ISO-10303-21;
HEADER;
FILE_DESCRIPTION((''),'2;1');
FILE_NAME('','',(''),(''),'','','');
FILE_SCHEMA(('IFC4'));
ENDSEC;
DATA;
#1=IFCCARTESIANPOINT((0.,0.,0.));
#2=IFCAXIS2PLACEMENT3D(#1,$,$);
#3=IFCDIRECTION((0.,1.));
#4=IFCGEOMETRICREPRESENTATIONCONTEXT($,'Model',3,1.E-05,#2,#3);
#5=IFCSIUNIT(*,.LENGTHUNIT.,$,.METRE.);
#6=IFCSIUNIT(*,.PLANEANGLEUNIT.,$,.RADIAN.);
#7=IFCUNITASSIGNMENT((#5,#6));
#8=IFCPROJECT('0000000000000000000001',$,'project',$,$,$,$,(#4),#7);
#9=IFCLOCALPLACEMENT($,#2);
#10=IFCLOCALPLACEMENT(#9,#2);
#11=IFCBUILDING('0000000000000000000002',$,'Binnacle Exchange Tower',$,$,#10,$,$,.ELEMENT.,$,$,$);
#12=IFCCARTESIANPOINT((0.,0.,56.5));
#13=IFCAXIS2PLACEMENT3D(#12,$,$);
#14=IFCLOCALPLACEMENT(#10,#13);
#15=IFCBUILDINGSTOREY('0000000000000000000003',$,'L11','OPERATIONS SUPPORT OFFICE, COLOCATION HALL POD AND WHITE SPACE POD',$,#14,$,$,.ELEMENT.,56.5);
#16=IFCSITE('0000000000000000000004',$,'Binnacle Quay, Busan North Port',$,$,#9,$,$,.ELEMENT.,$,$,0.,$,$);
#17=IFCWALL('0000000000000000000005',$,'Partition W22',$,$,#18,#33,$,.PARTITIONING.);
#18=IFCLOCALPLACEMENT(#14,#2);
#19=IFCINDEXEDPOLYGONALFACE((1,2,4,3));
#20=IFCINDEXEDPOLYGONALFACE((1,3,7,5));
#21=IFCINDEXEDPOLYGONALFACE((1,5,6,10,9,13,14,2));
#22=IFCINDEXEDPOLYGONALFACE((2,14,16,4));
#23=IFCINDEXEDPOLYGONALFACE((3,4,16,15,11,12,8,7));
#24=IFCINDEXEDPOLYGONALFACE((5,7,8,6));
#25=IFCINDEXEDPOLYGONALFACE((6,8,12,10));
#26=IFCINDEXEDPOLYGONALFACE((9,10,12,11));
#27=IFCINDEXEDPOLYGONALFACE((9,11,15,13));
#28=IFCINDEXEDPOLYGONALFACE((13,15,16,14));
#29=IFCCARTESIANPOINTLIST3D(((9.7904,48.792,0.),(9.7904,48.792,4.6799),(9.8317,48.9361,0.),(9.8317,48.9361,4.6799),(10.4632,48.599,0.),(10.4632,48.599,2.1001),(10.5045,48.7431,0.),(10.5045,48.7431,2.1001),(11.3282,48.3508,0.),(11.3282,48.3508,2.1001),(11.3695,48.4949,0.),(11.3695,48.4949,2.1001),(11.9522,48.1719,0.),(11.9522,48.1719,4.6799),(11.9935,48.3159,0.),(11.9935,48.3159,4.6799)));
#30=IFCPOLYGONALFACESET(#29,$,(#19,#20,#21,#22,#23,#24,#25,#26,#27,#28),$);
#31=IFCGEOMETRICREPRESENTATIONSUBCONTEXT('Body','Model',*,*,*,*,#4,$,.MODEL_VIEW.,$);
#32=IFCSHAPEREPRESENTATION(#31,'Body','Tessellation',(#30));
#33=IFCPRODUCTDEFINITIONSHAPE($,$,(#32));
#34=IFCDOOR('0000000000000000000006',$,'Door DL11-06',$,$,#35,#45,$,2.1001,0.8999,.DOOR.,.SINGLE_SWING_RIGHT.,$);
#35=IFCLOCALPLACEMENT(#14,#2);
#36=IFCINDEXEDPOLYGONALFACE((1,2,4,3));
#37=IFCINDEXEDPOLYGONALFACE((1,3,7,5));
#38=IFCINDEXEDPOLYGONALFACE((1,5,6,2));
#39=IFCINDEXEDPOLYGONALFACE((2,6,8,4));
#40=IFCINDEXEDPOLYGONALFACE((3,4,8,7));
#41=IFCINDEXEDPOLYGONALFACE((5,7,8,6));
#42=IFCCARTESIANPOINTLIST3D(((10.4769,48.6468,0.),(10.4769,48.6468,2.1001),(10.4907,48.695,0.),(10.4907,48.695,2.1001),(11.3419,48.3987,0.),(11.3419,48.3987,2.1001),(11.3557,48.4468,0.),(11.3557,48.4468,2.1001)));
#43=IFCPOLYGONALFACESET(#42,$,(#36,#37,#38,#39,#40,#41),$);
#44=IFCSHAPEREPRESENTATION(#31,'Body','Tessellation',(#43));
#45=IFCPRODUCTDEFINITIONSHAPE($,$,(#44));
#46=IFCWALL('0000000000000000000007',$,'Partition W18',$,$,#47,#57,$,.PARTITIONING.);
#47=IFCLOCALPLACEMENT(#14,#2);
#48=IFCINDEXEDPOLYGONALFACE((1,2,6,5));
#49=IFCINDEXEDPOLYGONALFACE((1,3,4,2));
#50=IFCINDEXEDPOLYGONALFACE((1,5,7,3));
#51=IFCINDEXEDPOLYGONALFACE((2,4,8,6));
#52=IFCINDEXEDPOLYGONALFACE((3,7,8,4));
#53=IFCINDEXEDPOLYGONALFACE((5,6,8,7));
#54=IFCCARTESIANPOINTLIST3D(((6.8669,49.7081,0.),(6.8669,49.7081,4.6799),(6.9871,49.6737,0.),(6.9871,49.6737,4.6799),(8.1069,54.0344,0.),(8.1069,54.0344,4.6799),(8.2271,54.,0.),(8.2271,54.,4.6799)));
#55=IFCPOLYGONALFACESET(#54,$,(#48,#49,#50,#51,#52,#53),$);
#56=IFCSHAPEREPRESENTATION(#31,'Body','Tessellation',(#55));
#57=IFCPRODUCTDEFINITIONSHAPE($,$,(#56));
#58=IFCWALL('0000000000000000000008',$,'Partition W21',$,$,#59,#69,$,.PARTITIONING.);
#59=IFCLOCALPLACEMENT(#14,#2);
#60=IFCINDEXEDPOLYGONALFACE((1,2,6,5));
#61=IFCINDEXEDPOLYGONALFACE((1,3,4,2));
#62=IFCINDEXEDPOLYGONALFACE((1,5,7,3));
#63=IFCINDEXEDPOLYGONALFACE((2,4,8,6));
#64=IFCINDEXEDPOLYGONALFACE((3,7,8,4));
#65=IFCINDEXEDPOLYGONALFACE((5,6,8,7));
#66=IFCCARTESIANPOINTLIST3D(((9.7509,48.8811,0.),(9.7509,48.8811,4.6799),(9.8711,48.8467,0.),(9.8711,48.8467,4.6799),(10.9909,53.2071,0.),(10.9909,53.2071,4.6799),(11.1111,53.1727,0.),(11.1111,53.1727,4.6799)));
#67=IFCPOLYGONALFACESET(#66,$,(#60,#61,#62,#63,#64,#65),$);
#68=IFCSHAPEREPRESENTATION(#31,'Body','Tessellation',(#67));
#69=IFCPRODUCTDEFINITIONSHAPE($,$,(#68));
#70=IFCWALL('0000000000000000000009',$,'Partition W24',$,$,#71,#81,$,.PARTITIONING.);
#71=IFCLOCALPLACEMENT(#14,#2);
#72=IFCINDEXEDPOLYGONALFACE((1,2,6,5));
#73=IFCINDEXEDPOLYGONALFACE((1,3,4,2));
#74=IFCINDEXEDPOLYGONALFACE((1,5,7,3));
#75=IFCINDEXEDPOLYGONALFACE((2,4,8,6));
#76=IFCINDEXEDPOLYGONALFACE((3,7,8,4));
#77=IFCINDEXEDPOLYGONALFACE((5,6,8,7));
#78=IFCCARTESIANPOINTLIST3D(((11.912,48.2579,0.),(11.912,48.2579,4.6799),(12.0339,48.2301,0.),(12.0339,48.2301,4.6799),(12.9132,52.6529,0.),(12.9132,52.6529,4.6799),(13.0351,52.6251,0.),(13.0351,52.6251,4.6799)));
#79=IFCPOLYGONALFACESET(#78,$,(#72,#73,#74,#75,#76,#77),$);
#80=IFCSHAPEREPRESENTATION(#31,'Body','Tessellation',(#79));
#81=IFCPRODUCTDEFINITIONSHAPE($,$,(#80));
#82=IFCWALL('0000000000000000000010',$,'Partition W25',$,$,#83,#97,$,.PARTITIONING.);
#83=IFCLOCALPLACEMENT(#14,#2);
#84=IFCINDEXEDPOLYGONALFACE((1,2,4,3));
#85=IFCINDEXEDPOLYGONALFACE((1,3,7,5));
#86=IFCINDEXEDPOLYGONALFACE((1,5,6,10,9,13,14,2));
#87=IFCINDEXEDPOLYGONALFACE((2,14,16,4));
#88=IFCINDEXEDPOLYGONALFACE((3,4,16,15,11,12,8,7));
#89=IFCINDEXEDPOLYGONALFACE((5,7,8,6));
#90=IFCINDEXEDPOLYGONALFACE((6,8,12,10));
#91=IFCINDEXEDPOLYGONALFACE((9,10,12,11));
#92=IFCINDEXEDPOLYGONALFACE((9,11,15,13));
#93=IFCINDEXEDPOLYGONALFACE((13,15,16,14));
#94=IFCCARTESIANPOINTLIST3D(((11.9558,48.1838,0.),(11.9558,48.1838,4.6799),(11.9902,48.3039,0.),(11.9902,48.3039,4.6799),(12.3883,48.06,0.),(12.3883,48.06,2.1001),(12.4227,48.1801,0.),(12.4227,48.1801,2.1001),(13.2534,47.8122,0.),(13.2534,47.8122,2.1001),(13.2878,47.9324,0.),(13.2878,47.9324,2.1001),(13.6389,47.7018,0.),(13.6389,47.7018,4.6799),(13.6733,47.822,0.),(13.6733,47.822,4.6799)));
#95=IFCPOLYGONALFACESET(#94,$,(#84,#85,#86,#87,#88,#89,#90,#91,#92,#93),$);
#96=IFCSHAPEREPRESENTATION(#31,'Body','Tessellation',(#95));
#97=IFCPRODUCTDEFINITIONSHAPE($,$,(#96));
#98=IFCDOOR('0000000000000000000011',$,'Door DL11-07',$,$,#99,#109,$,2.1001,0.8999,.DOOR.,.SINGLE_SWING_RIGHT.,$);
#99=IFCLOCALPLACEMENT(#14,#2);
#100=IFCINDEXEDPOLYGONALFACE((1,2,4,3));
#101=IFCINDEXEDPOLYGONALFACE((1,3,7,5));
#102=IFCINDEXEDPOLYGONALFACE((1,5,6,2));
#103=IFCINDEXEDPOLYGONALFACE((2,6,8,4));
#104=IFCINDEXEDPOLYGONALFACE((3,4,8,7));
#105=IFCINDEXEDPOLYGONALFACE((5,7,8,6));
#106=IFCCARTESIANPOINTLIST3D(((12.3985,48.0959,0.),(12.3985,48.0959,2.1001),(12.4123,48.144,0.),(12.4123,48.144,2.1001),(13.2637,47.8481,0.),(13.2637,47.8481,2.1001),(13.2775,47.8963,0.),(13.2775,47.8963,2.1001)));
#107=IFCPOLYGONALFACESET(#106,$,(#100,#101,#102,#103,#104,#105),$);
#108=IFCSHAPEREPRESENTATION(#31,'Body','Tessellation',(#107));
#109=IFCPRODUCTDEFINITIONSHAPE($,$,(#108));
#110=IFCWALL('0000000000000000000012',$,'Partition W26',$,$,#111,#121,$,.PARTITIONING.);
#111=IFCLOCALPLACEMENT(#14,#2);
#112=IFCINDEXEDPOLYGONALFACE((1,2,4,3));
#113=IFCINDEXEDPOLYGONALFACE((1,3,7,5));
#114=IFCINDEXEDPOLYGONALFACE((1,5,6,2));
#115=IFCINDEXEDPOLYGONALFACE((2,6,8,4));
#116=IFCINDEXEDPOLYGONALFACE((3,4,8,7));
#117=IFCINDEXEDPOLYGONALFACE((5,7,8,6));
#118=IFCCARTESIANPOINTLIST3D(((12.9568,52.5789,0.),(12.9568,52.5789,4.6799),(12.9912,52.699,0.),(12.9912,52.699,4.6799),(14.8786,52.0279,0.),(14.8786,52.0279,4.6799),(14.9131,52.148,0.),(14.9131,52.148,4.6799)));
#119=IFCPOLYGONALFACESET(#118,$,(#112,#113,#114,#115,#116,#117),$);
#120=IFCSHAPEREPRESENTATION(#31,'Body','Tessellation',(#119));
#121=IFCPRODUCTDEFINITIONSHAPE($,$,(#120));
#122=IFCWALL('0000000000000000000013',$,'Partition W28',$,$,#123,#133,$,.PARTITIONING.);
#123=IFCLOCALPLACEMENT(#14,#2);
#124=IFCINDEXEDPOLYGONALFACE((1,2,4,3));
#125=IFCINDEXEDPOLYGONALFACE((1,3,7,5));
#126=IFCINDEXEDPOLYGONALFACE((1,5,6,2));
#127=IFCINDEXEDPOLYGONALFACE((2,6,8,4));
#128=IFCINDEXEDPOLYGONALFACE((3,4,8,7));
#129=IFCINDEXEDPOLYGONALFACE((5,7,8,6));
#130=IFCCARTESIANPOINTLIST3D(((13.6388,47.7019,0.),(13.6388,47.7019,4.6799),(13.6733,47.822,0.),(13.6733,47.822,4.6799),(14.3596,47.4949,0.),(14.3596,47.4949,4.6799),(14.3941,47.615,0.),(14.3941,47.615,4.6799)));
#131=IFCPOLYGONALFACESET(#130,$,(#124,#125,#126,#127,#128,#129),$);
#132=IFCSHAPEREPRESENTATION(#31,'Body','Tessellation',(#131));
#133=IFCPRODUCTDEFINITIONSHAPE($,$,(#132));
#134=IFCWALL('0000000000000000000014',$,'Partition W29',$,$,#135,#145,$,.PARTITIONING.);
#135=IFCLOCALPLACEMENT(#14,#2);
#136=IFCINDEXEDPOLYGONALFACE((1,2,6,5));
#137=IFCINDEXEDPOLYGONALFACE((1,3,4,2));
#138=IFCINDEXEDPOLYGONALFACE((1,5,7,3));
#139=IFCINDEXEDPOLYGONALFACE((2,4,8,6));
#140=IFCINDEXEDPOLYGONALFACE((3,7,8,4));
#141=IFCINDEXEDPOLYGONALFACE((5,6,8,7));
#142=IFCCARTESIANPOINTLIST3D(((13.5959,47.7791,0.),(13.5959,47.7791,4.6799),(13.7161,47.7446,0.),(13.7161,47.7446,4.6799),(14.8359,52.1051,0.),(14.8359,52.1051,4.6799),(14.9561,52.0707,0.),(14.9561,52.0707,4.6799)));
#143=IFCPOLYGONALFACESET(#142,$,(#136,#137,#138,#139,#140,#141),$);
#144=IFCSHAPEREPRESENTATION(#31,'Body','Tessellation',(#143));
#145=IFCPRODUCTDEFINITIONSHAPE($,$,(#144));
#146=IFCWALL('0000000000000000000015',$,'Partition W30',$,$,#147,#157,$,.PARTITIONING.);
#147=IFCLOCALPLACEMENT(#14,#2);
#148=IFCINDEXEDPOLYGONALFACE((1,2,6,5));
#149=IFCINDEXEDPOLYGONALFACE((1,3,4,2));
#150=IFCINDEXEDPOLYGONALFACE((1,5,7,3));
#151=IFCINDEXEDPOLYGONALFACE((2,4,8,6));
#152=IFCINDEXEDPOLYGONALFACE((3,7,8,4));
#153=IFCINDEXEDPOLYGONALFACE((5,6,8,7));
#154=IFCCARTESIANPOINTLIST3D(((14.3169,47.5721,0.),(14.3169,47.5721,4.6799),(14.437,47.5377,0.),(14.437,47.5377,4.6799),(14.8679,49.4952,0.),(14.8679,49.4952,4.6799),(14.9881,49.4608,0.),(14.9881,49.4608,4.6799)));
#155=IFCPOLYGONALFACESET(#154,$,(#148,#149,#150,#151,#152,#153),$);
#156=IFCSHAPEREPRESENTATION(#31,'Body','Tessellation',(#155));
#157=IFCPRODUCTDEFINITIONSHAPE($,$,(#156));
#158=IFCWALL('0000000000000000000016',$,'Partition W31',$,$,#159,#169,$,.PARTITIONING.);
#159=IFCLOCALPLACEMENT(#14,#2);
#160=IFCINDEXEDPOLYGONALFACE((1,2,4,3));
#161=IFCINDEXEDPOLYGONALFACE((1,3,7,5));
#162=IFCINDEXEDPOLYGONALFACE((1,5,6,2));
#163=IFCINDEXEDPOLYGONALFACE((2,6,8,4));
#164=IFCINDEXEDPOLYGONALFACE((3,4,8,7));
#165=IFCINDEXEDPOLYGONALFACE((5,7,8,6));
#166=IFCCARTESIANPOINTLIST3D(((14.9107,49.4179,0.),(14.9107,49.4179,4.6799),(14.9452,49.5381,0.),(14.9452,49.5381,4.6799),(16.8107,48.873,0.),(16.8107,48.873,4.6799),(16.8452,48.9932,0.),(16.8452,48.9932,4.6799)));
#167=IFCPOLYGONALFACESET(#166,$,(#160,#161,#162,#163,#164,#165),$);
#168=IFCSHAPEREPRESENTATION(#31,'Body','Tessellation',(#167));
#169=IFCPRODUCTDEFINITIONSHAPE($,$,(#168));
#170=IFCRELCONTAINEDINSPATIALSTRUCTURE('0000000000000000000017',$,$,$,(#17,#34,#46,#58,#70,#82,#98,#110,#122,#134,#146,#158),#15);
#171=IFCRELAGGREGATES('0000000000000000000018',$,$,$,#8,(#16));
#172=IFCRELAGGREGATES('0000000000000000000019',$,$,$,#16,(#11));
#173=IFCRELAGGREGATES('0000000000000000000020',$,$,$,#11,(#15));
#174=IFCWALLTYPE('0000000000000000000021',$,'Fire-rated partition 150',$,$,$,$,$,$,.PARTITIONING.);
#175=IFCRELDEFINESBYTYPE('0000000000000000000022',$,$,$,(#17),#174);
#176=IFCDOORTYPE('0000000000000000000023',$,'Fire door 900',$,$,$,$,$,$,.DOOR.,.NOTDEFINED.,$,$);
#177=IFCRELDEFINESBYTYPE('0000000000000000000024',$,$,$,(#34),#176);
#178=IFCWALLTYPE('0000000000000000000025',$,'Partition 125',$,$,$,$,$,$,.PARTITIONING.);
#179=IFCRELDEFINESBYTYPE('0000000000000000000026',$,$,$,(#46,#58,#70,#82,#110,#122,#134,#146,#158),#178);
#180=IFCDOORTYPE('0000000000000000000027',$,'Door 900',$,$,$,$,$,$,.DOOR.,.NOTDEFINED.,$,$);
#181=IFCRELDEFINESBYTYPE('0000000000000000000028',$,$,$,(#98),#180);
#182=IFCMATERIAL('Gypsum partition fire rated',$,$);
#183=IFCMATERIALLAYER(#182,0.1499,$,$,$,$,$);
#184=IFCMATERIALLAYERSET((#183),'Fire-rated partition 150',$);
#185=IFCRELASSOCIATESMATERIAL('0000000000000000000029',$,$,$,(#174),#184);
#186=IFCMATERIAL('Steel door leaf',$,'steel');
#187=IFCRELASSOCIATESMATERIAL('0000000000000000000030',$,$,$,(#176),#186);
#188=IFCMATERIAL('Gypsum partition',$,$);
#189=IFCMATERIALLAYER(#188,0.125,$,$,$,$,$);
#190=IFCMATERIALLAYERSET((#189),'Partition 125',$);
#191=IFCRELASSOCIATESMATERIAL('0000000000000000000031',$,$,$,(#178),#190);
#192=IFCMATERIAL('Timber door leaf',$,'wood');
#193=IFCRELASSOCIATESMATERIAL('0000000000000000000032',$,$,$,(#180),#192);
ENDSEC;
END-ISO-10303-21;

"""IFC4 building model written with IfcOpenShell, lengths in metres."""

from ifc_helpers import new_model, si_unit, direction, frame, frame_2d, origin, place, context, subcontext, project, spatial, rectangle, extrude, material, layer, layer_set, type_object, element, fill, save


model = new_model("IFC4")

# Units and contexts
model_context = context("Model", 3, precision=1e-05, world=origin(), true_north=direction((0.0, 1.0)))
body_context = subcontext(model_context, "Body", "Model", "MODEL_VIEW")
ifc_project = project(units=[si_unit("LENGTHUNIT", "METRE"), si_unit("PLANEANGLEUNIT", "RADIAN")], contexts=[model_context])

# Site, building, storey
site_placement = place(None, origin())
site = spatial("IfcSite", under=ifc_project, at=site_placement, Name="Binnacle Quay, Busan North Port", CompositionType="ELEMENT", RefElevation=0.0)
building_placement = place(site_placement, origin())
building = spatial("IfcBuilding", under=site, at=building_placement, Name="Binnacle Exchange Tower", CompositionType="ELEMENT")
storey_placement = place(building_placement, frame((0.0, 0.0, 56.5)))
storey = spatial("IfcBuildingStorey", under=building, at=storey_placement, Name="L11", Description="OPERATIONS SUPPORT OFFICE, COLOCATION HALL POD AND WHITE SPACE POD", CompositionType="ELEMENT", Elevation=56.5)

# Shared definitions
ifc_material_1 = material(Name="Steel door leaf", Category="steel")

# Wall, opening, door
ifc_material_2 = material(Name="Gypsum partition fire rated")
ifc_layer_1 = layer(ifc_material_2, 0.1499)
ifc_layer_set_1 = layer_set([ifc_layer_1], Name="Fire-rated partition 150")
wall_type_1 = type_object("IfcWallType", Name="Fire-rated partition 150", PredefinedType="PARTITIONING", material=ifc_layer_set_1)
door_type_1 = type_object("IfcDoorType", Name="Fire door 900", OperationType="NOTDEFINED", PredefinedType="DOOR", material=ifc_material_1)
wall_1_placement = place(storey_placement, frame((9.811, 48.864, 0.0), z_axis=(0.0, 0.0, 1.0), x_axis=(0.961237, -0.275725, 0.0)))
wall_1 = element("IfcWall", 1, at=wall_1_placement, inside=storey, type_object=wall_type_1, Name="Partition W22", PredefinedType="PARTITIONING", context=body_context, shape_type="SweptSolid", body=[
    extrude(rectangle(XDim=2.249, YDim=0.1499, at=frame_2d((1.1245, 0.0))), origin(), (0.0, 0.0, 1.0), 4.6799),
])
opening_1_placement = place(wall_1_placement, frame((0.7, 0.0, 0.0)))
opening_1 = element("IfcOpeningElement", 2, at=opening_1_placement, cuts=wall_1, PredefinedType="OPENING", context=body_context, shape_type="SweptSolid", body=[
    extrude(rectangle(XDim=0.8999, YDim=2.1001, at=frame_2d((0.45, 1.05))), frame((0.0, 0.085, 0.0), z_axis=(0.0, -1.0, 0.0), x_axis=(1.0, 0.0, 0.0)), (0.0, 0.0, 1.0), 0.1699),
])
door_1_placement = place(opening_1_placement, origin())
door_1 = element("IfcDoor", 3, at=door_1_placement, inside=storey, type_object=door_type_1, Name="Door DL11-06", OperationType="SINGLE_SWING_RIGHT", OverallHeight=2.1001, OverallWidth=0.8999, PredefinedType="DOOR", context=body_context, shape_type="SweptSolid", body=[
    extrude(rectangle(XDim=0.8999, YDim=2.1001, at=frame_2d((0.45, 1.05))), frame((0.0, 0.0249, 0.0), z_axis=(0.0, -1.0, 0.0), x_axis=(1.0, 0.0, 0.0)), (0.0, 0.0, 1.0), 0.05),
])
fill(opening_1, door_1)

# Walls
ifc_material_3 = material(Name="Gypsum partition")
ifc_layer_2 = layer(ifc_material_3, 0.125)
ifc_layer_set_2 = layer_set([ifc_layer_2], Name="Partition 125")
wall_type_2 = type_object("IfcWallType", Name="Partition 125", PredefinedType="PARTITIONING", material=ifc_layer_set_2)
wall_2_placement = place(storey_placement, frame((6.927, 49.6909, 0.0), z_axis=(0.0, 0.0, 1.0), x_axis=(0.275531, 0.961292, 0.0)))
element("IfcWall", 4, at=wall_2_placement, inside=storey, type_object=wall_type_2, Name="Partition W18", PredefinedType="PARTITIONING", context=body_context, shape_type="SweptSolid", body=[
    extrude(rectangle(XDim=4.5005, YDim=0.125, at=frame_2d((2.2502, 0.0))), origin(), (0.0, 0.0, 1.0), 4.6799),
])
wall_3_placement = place(storey_placement, frame((9.811, 48.864, 0.0), z_axis=(0.0, 0.0, 1.0), x_axis=(0.275545, 0.961288, 0.0)))
element("IfcWall", 5, at=wall_3_placement, inside=storey, type_object=wall_type_2, Name="Partition W21", PredefinedType="PARTITIONING", context=body_context, shape_type="SweptSolid", body=[
    extrude(rectangle(XDim=4.5002, YDim=0.125, at=frame_2d((2.25, 0.0))), origin(), (0.0, 0.0, 1.0), 4.6799),
])
wall_4_placement = place(storey_placement, frame((11.9729, 48.2439, 0.0), z_axis=(0.0, 0.0, 1.0), x_axis=(0.222117, 0.97502, 0.0)))
element("IfcWall", 6, at=wall_4_placement, inside=storey, type_object=wall_type_2, Name="Partition W24", PredefinedType="PARTITIONING", context=body_context, shape_type="SweptSolid", body=[
    extrude(rectangle(XDim=4.5076, YDim=0.125, at=frame_2d((2.2539, 0.0))), origin(), (0.0, 0.0, 1.0), 4.6799),
])

# Wall, opening, door
wall_5_placement = place(storey_placement, frame((11.9729, 48.2439, 0.0), z_axis=(0.0, 0.0, 1.0), x_axis=(0.961366, -0.275274, 0.0)))
wall_5 = element("IfcWall", 7, at=wall_5_placement, inside=storey, type_object=wall_type_2, Name="Partition W25", PredefinedType="PARTITIONING", context=body_context, shape_type="SweptSolid", body=[
    extrude(rectangle(XDim=1.7507, YDim=0.125, at=frame_2d((0.8755, 0.0))), origin(), (0.0, 0.0, 1.0), 4.6799),
])
opening_2_placement = place(wall_5_placement, frame((0.45, 0.0, 0.0)))
opening_2 = element("IfcOpeningElement", 8, at=opening_2_placement, cuts=wall_5, PredefinedType="OPENING", context=body_context, shape_type="SweptSolid", body=[
    extrude(rectangle(XDim=0.8999, YDim=2.1001, at=frame_2d((0.45, 1.05))), frame((0.0, 0.0725, 0.0), z_axis=(0.0, -1.0, 0.0), x_axis=(1.0, 0.0, 0.0)), (0.0, 0.0, 1.0), 0.145),
])
ifc_material_4 = material(Name="Timber door leaf", Category="wood")
door_type_2 = type_object("IfcDoorType", Name="Door 900", OperationType="NOTDEFINED", PredefinedType="DOOR", material=ifc_material_4)
door_2_placement = place(opening_2_placement, origin())
door_2 = element("IfcDoor", 9, at=door_2_placement, inside=storey, type_object=door_type_2, Name="Door DL11-07", OperationType="SINGLE_SWING_RIGHT", OverallHeight=2.1001, OverallWidth=0.8999, PredefinedType="DOOR", context=body_context, shape_type="SweptSolid", body=[
    extrude(rectangle(XDim=0.8999, YDim=2.1001, at=frame_2d((0.45, 1.05))), frame((0.0, 0.0249, 0.0), z_axis=(0.0, -1.0, 0.0), x_axis=(1.0, 0.0, 0.0)), (0.0, 0.0, 1.0), 0.05),
])
fill(opening_2, door_2)

# Walls
wall_6_placement = place(storey_placement, frame((12.9741, 52.6389, 0.0), z_axis=(0.0, 0.0, 1.0), x_axis=(0.96127, -0.275608, 0.0)))
element("IfcWall", 10, at=wall_6_placement, inside=storey, type_object=wall_type_2, Name="Partition W26", PredefinedType="PARTITIONING", context=body_context, shape_type="SweptSolid", body=[
    extrude(rectangle(XDim=1.9993, YDim=0.125, at=frame_2d((0.9995, 0.0))), origin(), (0.0, 0.0, 1.0), 4.6799),
])
wall_7_placement = place(storey_placement, frame((13.656, 47.762, 0.0), z_axis=(0.0, 0.0, 1.0), x_axis=(0.961155, -0.276011, 0.0)))
element("IfcWall", 11, at=wall_7_placement, inside=storey, type_object=wall_type_2, Name="Partition W28", PredefinedType="PARTITIONING", context=body_context, shape_type="SweptSolid", body=[
    extrude(rectangle(XDim=0.75, YDim=0.125, at=frame_2d((0.375, 0.0))), origin(), (0.0, 0.0, 1.0), 4.6799),
])
wall_8_placement = place(storey_placement, frame((13.656, 47.762, 0.0), z_axis=(0.0, 0.0, 1.0), x_axis=(0.275545, 0.961288, 0.0)))
element("IfcWall", 12, at=wall_8_placement, inside=storey, type_object=wall_type_2, Name="Partition W29", PredefinedType="PARTITIONING", context=body_context, shape_type="SweptSolid", body=[
    extrude(rectangle(XDim=4.5002, YDim=0.125, at=frame_2d((2.25, 0.0))), origin(), (0.0, 0.0, 1.0), 4.6799),
])
wall_9_placement = place(storey_placement, frame((14.377, 47.5549, 0.0), z_axis=(0.0, 0.0, 1.0), x_axis=(0.275446, 0.961316, 0.0)))
element("IfcWall", 13, at=wall_9_placement, inside=storey, type_object=wall_type_2, Name="Partition W30", PredefinedType="PARTITIONING", context=body_context, shape_type="SweptSolid", body=[
    extrude(rectangle(XDim=2.0005, YDim=0.125, at=frame_2d((1.0002, 0.0))), origin(), (0.0, 0.0, 1.0), 4.6799),
])
wall_10_placement = place(storey_placement, frame((14.928, 49.478, 0.0), z_axis=(0.0, 0.0, 1.0), x_axis=(0.961244, -0.2757, 0.0)))
element("IfcWall", 14, at=wall_10_placement, inside=storey, type_object=wall_type_2, Name="Partition W31", PredefinedType="PARTITIONING", context=body_context, shape_type="SweptSolid", body=[
    extrude(rectangle(XDim=1.9766, YDim=0.125, at=frame_2d((0.9883, 0.0))), origin(), (0.0, 0.0, 1.0), 4.6799),
])

save(model, "model.ifc")
